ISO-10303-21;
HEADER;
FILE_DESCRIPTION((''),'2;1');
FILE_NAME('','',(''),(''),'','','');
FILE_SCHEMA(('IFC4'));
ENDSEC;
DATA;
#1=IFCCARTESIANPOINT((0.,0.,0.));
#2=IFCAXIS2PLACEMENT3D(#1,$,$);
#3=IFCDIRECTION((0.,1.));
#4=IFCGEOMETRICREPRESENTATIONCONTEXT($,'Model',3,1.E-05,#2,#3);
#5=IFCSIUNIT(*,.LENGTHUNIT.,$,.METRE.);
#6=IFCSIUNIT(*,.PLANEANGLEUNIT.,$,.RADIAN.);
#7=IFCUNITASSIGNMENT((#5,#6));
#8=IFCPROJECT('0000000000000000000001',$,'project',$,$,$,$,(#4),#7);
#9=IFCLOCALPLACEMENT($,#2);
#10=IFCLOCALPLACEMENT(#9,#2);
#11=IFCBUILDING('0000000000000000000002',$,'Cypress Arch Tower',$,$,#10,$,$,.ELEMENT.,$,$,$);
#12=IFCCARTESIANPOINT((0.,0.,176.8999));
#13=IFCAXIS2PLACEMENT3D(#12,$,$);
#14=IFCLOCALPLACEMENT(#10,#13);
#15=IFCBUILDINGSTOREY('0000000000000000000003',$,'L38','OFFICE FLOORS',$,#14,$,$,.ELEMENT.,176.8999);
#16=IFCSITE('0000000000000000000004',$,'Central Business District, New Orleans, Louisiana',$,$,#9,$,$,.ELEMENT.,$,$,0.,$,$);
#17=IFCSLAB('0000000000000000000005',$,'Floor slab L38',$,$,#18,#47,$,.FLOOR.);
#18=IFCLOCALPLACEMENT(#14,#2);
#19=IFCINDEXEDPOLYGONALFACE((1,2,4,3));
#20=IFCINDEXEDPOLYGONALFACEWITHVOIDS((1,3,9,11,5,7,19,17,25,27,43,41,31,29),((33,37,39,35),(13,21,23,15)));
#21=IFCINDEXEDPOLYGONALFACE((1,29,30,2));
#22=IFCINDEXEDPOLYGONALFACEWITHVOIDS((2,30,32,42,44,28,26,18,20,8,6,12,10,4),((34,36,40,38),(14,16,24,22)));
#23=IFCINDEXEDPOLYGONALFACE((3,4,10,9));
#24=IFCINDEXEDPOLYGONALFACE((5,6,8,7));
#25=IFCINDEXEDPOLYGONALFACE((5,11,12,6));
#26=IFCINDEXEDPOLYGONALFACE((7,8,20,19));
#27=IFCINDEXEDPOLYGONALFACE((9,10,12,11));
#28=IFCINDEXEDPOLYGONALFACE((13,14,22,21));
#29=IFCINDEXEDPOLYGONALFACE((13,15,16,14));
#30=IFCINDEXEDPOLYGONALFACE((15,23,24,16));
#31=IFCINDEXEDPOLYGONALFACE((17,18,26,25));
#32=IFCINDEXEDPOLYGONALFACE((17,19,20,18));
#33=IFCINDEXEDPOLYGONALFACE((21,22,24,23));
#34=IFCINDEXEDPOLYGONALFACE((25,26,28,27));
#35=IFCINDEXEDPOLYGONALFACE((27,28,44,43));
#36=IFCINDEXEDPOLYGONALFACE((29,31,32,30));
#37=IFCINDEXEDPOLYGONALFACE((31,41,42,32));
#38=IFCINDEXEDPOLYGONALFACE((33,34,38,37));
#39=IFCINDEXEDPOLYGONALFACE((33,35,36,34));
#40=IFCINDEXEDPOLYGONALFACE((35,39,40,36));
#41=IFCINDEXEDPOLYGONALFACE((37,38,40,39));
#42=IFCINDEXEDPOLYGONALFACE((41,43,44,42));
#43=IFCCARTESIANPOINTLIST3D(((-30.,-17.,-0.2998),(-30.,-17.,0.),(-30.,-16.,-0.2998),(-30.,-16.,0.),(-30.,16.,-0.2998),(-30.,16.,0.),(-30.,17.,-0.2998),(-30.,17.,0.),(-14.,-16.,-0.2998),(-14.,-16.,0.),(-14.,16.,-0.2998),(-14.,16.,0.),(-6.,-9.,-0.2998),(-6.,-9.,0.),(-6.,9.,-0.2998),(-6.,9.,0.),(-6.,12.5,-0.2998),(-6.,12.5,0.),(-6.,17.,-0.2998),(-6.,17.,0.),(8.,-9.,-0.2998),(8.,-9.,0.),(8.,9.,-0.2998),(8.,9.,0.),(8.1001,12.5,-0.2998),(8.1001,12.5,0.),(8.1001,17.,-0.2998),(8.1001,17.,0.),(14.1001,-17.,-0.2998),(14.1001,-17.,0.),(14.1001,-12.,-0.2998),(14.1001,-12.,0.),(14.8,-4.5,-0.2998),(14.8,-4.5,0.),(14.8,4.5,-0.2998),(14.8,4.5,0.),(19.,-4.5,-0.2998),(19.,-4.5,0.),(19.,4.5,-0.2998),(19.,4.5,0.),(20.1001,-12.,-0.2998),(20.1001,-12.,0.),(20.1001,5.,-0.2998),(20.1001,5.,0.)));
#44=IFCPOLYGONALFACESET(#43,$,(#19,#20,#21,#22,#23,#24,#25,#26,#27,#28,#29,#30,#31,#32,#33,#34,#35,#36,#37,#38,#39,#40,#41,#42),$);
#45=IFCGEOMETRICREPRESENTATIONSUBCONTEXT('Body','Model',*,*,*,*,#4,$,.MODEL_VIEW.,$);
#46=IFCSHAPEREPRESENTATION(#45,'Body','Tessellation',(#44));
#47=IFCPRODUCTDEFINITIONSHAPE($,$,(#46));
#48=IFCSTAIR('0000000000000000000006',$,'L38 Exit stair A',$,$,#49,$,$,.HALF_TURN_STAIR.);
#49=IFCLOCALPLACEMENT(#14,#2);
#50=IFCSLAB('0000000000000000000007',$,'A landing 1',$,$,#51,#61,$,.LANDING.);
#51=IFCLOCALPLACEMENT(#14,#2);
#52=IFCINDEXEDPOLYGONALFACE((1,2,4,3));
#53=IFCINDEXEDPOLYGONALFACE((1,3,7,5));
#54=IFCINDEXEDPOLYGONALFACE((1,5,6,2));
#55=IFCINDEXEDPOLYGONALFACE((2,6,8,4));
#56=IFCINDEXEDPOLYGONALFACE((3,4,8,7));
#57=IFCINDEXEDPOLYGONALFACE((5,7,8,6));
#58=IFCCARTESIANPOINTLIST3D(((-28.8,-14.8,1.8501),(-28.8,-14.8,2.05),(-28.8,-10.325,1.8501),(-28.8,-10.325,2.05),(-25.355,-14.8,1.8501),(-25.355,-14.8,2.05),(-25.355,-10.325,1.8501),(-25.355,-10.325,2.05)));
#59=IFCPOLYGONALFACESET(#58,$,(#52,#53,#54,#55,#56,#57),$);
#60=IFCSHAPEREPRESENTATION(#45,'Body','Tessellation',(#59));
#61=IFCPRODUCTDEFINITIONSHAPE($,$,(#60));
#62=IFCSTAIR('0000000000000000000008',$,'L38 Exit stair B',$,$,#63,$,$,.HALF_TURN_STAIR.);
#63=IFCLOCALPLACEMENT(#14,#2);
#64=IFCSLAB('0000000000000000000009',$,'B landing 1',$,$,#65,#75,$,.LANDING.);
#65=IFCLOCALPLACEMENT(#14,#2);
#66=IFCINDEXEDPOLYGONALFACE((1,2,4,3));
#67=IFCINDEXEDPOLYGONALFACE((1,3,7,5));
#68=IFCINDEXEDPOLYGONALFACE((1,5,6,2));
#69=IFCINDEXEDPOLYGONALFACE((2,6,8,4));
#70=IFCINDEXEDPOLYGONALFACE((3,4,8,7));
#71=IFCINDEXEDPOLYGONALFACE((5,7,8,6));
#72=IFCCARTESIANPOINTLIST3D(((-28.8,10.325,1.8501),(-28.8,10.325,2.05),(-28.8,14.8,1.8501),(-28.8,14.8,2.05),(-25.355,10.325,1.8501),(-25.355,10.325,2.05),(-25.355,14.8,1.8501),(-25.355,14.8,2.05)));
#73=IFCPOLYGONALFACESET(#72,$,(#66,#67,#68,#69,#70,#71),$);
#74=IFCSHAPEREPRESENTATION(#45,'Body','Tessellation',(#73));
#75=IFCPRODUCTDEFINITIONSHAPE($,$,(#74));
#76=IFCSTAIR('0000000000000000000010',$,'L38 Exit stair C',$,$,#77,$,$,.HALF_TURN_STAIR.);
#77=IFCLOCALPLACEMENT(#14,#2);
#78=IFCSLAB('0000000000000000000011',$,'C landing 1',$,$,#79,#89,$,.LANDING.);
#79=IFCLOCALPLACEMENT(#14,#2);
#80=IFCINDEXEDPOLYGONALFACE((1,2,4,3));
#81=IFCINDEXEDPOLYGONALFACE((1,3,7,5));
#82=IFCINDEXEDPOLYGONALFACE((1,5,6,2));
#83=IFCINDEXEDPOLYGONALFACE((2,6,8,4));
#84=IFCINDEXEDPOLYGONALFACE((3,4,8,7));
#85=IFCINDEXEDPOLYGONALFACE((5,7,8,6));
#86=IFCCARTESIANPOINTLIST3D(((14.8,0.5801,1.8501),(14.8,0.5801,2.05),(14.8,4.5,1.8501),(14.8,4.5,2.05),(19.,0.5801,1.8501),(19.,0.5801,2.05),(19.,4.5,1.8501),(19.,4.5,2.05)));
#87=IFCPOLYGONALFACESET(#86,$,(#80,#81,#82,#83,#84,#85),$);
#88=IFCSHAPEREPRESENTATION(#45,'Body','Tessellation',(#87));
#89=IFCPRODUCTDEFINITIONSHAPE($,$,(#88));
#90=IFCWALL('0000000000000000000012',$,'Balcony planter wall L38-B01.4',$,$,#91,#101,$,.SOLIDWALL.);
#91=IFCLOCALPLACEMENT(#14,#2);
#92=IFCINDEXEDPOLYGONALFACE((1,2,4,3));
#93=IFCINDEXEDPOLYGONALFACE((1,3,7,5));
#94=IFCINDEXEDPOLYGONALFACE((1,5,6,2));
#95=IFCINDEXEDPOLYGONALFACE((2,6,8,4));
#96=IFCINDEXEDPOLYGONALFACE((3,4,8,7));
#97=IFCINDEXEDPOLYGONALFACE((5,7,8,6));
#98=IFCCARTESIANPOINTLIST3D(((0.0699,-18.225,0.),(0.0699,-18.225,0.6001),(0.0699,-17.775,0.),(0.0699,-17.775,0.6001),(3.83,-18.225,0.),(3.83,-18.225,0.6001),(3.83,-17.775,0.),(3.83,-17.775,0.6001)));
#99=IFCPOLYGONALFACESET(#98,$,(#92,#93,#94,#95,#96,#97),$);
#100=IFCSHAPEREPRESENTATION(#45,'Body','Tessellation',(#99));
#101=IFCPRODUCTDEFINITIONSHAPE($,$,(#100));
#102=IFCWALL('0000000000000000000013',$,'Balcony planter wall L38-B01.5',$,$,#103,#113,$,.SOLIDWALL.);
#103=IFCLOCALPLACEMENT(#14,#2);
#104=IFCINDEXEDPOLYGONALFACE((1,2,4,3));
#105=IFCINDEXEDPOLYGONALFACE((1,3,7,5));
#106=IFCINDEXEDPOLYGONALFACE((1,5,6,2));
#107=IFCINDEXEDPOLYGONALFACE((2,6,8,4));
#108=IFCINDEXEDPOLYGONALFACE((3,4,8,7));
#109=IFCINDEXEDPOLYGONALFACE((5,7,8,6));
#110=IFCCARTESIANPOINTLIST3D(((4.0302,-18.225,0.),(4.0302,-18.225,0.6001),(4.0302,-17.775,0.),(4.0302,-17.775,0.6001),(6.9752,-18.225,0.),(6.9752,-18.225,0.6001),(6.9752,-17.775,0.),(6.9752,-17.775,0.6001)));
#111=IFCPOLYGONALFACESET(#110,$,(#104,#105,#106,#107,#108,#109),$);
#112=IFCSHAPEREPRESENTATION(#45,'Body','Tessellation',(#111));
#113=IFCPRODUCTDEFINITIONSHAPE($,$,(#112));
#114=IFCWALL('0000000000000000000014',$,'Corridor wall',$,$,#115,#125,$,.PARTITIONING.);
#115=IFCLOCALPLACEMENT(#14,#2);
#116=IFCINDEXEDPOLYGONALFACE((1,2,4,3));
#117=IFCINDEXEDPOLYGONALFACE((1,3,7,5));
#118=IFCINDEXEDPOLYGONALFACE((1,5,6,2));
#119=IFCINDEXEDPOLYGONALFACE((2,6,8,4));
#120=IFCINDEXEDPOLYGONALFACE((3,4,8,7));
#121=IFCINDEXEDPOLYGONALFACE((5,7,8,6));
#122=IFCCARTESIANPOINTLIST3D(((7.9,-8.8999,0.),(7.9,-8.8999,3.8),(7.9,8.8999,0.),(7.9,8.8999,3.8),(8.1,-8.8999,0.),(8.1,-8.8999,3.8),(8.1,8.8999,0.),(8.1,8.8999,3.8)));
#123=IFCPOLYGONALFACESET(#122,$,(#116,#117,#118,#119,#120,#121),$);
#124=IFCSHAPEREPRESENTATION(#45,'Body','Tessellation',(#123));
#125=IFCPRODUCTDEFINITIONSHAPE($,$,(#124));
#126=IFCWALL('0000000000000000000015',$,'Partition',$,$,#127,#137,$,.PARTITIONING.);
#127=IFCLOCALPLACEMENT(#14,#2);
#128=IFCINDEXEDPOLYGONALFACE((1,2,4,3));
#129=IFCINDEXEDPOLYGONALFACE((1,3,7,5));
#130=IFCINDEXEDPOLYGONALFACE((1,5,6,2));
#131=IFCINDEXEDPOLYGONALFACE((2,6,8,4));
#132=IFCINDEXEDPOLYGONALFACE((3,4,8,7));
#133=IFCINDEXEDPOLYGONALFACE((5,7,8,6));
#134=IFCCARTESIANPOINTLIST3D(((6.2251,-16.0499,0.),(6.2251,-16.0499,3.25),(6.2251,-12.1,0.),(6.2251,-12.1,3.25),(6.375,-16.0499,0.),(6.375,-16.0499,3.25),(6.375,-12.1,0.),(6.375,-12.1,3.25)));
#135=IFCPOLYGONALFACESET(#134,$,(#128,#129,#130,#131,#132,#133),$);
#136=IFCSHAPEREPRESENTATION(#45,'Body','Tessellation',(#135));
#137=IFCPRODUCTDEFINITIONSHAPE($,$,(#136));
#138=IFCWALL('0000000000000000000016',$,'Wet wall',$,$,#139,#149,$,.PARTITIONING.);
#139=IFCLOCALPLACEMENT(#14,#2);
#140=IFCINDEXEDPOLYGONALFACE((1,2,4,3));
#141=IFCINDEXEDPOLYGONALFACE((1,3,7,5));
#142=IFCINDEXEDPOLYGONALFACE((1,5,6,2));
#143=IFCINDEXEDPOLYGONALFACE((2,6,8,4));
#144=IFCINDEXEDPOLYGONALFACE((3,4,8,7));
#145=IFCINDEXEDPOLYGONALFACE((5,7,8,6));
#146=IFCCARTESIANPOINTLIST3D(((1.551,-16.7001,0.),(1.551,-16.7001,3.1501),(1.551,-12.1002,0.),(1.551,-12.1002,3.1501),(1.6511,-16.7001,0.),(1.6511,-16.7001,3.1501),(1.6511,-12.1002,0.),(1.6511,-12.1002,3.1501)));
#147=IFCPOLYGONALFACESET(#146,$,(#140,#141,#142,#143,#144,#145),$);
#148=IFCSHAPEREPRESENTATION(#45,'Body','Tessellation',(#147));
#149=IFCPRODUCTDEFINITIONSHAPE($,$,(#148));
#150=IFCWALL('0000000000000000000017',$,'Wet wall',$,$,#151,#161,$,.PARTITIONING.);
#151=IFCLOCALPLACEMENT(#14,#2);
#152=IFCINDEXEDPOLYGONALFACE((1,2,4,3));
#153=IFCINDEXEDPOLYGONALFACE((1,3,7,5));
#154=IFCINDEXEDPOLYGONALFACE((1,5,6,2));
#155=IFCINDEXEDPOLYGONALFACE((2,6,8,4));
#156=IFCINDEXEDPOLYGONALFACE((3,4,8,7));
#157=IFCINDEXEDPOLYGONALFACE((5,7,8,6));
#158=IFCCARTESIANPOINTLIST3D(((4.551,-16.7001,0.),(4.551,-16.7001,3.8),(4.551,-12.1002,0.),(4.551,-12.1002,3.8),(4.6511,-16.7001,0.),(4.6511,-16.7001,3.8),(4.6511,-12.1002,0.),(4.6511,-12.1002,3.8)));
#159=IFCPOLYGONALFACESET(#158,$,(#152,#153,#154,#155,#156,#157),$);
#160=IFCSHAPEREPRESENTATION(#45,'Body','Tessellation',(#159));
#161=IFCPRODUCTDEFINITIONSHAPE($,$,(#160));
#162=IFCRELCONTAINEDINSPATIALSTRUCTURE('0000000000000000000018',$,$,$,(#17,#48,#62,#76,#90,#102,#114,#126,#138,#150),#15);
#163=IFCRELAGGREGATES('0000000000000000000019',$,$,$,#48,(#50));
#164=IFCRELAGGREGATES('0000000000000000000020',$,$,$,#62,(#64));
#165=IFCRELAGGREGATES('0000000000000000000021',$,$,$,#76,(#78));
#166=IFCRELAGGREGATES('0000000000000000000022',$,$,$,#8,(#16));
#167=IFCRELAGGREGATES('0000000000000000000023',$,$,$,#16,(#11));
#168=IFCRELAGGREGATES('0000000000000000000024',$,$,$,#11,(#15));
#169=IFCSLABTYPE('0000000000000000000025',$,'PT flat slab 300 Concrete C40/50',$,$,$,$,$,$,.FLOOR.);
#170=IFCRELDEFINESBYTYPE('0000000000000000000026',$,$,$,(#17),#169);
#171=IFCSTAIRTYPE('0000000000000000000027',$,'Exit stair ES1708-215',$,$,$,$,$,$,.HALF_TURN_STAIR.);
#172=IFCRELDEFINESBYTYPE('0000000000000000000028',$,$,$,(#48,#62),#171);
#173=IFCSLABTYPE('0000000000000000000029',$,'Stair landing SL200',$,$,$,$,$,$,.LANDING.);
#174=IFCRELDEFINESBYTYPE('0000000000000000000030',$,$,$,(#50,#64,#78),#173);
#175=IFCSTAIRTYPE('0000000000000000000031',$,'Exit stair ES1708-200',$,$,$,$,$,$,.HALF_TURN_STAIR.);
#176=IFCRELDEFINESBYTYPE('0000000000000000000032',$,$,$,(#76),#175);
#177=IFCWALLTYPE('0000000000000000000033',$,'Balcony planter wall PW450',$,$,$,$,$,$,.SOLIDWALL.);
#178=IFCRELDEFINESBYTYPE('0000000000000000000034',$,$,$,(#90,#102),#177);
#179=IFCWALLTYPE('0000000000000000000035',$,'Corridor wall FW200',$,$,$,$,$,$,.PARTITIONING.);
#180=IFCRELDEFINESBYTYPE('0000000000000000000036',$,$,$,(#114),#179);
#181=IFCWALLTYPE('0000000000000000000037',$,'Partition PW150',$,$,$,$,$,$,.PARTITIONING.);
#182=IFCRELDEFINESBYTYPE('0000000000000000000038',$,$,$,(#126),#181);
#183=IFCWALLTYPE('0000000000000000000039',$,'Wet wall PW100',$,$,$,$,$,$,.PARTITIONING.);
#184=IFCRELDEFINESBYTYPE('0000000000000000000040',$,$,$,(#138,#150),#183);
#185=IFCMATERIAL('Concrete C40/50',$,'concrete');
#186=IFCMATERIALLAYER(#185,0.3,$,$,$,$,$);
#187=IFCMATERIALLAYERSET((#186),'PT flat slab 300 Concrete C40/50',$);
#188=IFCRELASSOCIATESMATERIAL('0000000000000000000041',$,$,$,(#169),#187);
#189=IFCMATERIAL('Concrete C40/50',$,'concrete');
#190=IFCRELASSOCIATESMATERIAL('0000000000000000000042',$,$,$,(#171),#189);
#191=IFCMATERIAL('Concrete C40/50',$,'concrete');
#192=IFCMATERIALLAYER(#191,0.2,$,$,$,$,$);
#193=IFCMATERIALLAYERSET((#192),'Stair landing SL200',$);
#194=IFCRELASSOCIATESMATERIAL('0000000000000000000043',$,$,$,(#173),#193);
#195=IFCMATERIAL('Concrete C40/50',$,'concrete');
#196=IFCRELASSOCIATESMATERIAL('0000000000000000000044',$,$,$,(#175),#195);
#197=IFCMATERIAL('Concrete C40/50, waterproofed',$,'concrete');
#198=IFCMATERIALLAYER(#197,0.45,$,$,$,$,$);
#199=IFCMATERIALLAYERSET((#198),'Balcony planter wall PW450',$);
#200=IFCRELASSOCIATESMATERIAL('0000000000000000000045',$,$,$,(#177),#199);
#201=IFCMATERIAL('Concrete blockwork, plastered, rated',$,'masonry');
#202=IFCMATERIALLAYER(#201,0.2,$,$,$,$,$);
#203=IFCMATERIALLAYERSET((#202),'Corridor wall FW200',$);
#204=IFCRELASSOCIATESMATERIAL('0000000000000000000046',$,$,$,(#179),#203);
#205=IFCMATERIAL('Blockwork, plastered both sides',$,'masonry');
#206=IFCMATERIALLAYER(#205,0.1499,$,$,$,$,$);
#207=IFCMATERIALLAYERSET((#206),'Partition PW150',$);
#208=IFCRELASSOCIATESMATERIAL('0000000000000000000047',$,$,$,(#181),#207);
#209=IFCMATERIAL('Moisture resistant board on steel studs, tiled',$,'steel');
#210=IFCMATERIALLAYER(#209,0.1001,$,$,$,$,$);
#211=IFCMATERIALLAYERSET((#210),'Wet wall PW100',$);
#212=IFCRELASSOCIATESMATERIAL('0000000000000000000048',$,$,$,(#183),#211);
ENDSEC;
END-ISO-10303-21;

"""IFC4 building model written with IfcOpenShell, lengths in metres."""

from ifc_helpers import new_model, si_unit, direction, frame, frame_2d, origin, place, context, subcontext, project, spatial, polyline, rectangle, outline, extrude, material, layer, layer_set, type_object, element, aggregate, save


model = new_model("IFC4")

# Units and contexts
model_context = context("Model", 3, precision=1e-05, world=origin(), true_north=direction((0.0, 1.0)))
body_context = subcontext(model_context, "Body", "Model", "MODEL_VIEW")
ifc_project = project(units=[si_unit("LENGTHUNIT", "METRE"), si_unit("PLANEANGLEUNIT", "RADIAN")], contexts=[model_context])

# Site, building, storey
site_placement = place(None, origin())
site = spatial("IfcSite", under=ifc_project, at=site_placement, Name="Central Business District, New Orleans, Louisiana", CompositionType="ELEMENT", RefElevation=0.0)
building_placement = place(site_placement, origin())
building = spatial("IfcBuilding", under=site, at=building_placement, Name="Cypress Arch Tower", CompositionType="ELEMENT")
storey_placement = place(building_placement, frame((0.0, 0.0, 176.8999)))
storey = spatial("IfcBuildingStorey", under=building, at=storey_placement, Name="L38", Description="OFFICE FLOORS", CompositionType="ELEMENT", Elevation=176.8999)

# Slab
ifc_material_1 = material(Name="Concrete C40/50", Category="concrete")
ifc_layer_1 = layer(ifc_material_1, 0.3)
ifc_layer_set_1 = layer_set([ifc_layer_1], Name="PT flat slab 300 Concrete C40/50")
slab_type_1 = type_object("IfcSlabType", Name="PT flat slab 300 Concrete C40/50", PredefinedType="FLOOR", material=ifc_layer_set_1)
slab_1_placement = place(storey_placement, frame((0.0, 0.0, -0.2998)))
element("IfcSlab", 1, at=slab_1_placement, inside=storey, type_object=slab_type_1, Name="Floor slab L38", PredefinedType="FLOOR", context=body_context, shape_type="SweptSolid", body=[
    extrude(outline(polyline([(-30.0, 17.0), (-6.0, 17.0), (-6.0, 12.5), (8.1001, 12.5), (8.1001, 17.0), (20.1001, 5.0), (20.1001, -12.0), (14.1001, -12.0), (14.1001, -17.0), (-30.0, -17.0), (-30.0, -16.0), (-14.0, -16.0), (-14.0, 16.0), (-30.0, 16.0), (-30.0, 17.0)]), holes=[polyline([(-6.0, -9.0), (8.0, -9.0), (8.0, 9.0), (-6.0, 9.0), (-6.0, -9.0)]), polyline([(14.8, -4.5), (19.0, -4.5), (19.0, 4.5), (14.8, 4.5), (14.8, -4.5)])]), origin(), (0.0, 0.0, 1.0), 0.2998),
])

# Stairs, slabs
ifc_material_2 = material(Name="Concrete C40/50", Category="concrete")
stair_type_1 = type_object("IfcStairType", Name="Exit stair ES1708-215", PredefinedType="HALF_TURN_STAIR", material=ifc_material_2)
stair_1_placement = place(storey_placement, origin())
stair_1 = element("IfcStair", 2, at=stair_1_placement, inside=storey, type_object=stair_type_1, Name="L38 Exit stair A", PredefinedType="HALF_TURN_STAIR")
ifc_material_3 = material(Name="Concrete C40/50", Category="concrete")
ifc_layer_2 = layer(ifc_material_3, 0.2)
ifc_layer_set_2 = layer_set([ifc_layer_2], Name="Stair landing SL200")
slab_type_2 = type_object("IfcSlabType", Name="Stair landing SL200", PredefinedType="LANDING", material=ifc_layer_set_2)
slab_2_placement = place(storey_placement, frame((0.0, 0.0, 1.8501)))
slab_2 = element("IfcSlab", 3, at=slab_2_placement, type_object=slab_type_2, Name="A landing 1", PredefinedType="LANDING", context=body_context, shape_type="SweptSolid", body=[
    extrude(outline(polyline([(-25.355, -10.325), (-28.8, -10.325), (-28.8, -14.8), (-25.355, -14.8), (-25.355, -10.325)])), origin(), (0.0, 0.0, 1.0), 0.2),
])
aggregate(stair_1, [slab_2])
stair_2_placement = place(storey_placement, origin())
stair_2 = element("IfcStair", 4, at=stair_2_placement, inside=storey, type_object=stair_type_1, Name="L38 Exit stair B", PredefinedType="HALF_TURN_STAIR")
slab_3_placement = place(storey_placement, frame((0.0, 0.0, 1.8501)))
slab_3 = element("IfcSlab", 5, at=slab_3_placement, type_object=slab_type_2, Name="B landing 1", PredefinedType="LANDING", context=body_context, shape_type="SweptSolid", body=[
    extrude(outline(polyline([(-25.355, 14.8), (-28.8, 14.8), (-28.8, 10.325), (-25.355, 10.325), (-25.355, 14.8)])), origin(), (0.0, 0.0, 1.0), 0.2),
])
aggregate(stair_2, [slab_3])
ifc_material_4 = material(Name="Concrete C40/50", Category="concrete")
stair_type_2 = type_object("IfcStairType", Name="Exit stair ES1708-200", PredefinedType="HALF_TURN_STAIR", material=ifc_material_4)
stair_3_placement = place(storey_placement, origin())
stair_3 = element("IfcStair", 6, at=stair_3_placement, inside=storey, type_object=stair_type_2, Name="L38 Exit stair C", PredefinedType="HALF_TURN_STAIR")
slab_4_placement = place(storey_placement, frame((0.0, 0.0, 1.8501)))
slab_4 = element("IfcSlab", 7, at=slab_4_placement, type_object=slab_type_2, Name="C landing 1", PredefinedType="LANDING", context=body_context, shape_type="SweptSolid", body=[
    extrude(outline(polyline([(19.0, 0.5801), (19.0, 4.5), (14.8, 4.5), (14.8, 0.5801), (19.0, 0.5801)])), origin(), (0.0, 0.0, 1.0), 0.2),
])
aggregate(stair_3, [slab_4])

# Walls
ifc_material_5 = material(Name="Concrete C40/50, waterproofed", Category="concrete")
ifc_layer_3 = layer(ifc_material_5, 0.45)
ifc_layer_set_3 = layer_set([ifc_layer_3], Name="Balcony planter wall PW450")
wall_type_1 = type_object("IfcWallType", Name="Balcony planter wall PW450", PredefinedType="SOLIDWALL", material=ifc_layer_set_3)
wall_1_placement = place(storey_placement, frame((0.0701, -18.0, 0.0), z_axis=(0.0, 0.0, 1.0), x_axis=(1.0, 0.0, 0.0)))
element("IfcWall", 8, at=wall_1_placement, inside=storey, type_object=wall_type_1, Name="Balcony planter wall L38-B01.4", PredefinedType="SOLIDWALL", context=body_context, shape_type="SweptSolid", body=[
    extrude(rectangle(XDim=3.76, YDim=0.45, at=frame_2d((1.8799, 0.0))), origin(), (0.0, 0.0, 1.0), 0.6001),
])
wall_2_placement = place(storey_placement, frame((4.03, -18.0, 0.0), z_axis=(0.0, 0.0, 1.0), x_axis=(1.0, 0.0, 0.0)))
element("IfcWall", 9, at=wall_2_placement, inside=storey, type_object=wall_type_1, Name="Balcony planter wall L38-B01.5", PredefinedType="SOLIDWALL", context=body_context, shape_type="SweptSolid", body=[
    extrude(rectangle(XDim=2.9451, YDim=0.45, at=frame_2d((1.4727, 0.0))), origin(), (0.0, 0.0, 1.0), 0.6001),
])

# Walls
ifc_material_6 = material(Name="Concrete blockwork, plastered, rated", Category="masonry")
ifc_layer_4 = layer(ifc_material_6, 0.2)
ifc_layer_set_4 = layer_set([ifc_layer_4], Name="Corridor wall FW200")
wall_type_2 = type_object("IfcWallType", Name="Corridor wall FW200", PredefinedType="PARTITIONING", material=ifc_layer_set_4)
wall_3_placement = place(storey_placement, frame((8.0, -8.8999, 0.0), z_axis=(0.0, 0.0, 1.0), x_axis=(0.0, 1.0, 0.0)))
element("IfcWall", 10, at=wall_3_placement, inside=storey, type_object=wall_type_2, Name="Corridor wall", PredefinedType="PARTITIONING", context=body_context, shape_type="SweptSolid", body=[
    extrude(rectangle(XDim=17.7998, YDim=0.2, at=frame_2d((8.8999, 0.0))), origin(), (0.0, 0.0, 1.0), 3.8),
])
ifc_material_7 = material(Name="Blockwork, plastered both sides", Category="masonry")
ifc_layer_5 = layer(ifc_material_7, 0.1499)
ifc_layer_set_5 = layer_set([ifc_layer_5], Name="Partition PW150")
wall_type_3 = type_object("IfcWallType", Name="Partition PW150", PredefinedType="PARTITIONING", material=ifc_layer_set_5)
wall_4_placement = place(storey_placement, frame((6.3, -16.05, 0.0), z_axis=(0.0, 0.0, 1.0), x_axis=(0.0, 1.0, 0.0)))
element("IfcWall", 11, at=wall_4_placement, inside=storey, type_object=wall_type_3, Name="Partition", PredefinedType="PARTITIONING", context=body_context, shape_type="SweptSolid", body=[
    extrude(rectangle(XDim=3.95, YDim=0.1499, at=frame_2d((1.9751, 0.0))), origin(), (0.0, 0.0, 1.0), 3.25),
])
ifc_material_8 = material(Name="Moisture resistant board on steel studs, tiled", Category="steel")
ifc_layer_6 = layer(ifc_material_8, 0.1001)
ifc_layer_set_6 = layer_set([ifc_layer_6], Name="Wet wall PW100")
wall_type_4 = type_object("IfcWallType", Name="Wet wall PW100", PredefinedType="PARTITIONING", material=ifc_layer_set_6)
wall_5_placement = place(storey_placement, frame((1.6011, -16.7, 0.0), z_axis=(0.0, 0.0, 1.0), x_axis=(0.0, 1.0, 0.0)))
element("IfcWall", 12, at=wall_5_placement, inside=storey, type_object=wall_type_4, Name="Wet wall", PredefinedType="PARTITIONING", context=body_context, shape_type="SweptSolid", body=[
    extrude(rectangle(XDim=4.5999, YDim=0.1001, at=frame_2d((2.2998, 0.0))), origin(), (0.0, 0.0, 1.0), 3.1501),
])
wall_6_placement = place(storey_placement, frame((4.6011, -16.7, 0.0), z_axis=(0.0, 0.0, 1.0), x_axis=(0.0, 1.0, 0.0)))
element("IfcWall", 13, at=wall_6_placement, inside=storey, type_object=wall_type_4, Name="Wet wall", PredefinedType="PARTITIONING", context=body_context, shape_type="SweptSolid", body=[
    extrude(rectangle(XDim=4.5999, YDim=0.1001, at=frame_2d((2.2998, 0.0))), origin(), (0.0, 0.0, 1.0), 3.8),
])

save(model, "model.ifc")
